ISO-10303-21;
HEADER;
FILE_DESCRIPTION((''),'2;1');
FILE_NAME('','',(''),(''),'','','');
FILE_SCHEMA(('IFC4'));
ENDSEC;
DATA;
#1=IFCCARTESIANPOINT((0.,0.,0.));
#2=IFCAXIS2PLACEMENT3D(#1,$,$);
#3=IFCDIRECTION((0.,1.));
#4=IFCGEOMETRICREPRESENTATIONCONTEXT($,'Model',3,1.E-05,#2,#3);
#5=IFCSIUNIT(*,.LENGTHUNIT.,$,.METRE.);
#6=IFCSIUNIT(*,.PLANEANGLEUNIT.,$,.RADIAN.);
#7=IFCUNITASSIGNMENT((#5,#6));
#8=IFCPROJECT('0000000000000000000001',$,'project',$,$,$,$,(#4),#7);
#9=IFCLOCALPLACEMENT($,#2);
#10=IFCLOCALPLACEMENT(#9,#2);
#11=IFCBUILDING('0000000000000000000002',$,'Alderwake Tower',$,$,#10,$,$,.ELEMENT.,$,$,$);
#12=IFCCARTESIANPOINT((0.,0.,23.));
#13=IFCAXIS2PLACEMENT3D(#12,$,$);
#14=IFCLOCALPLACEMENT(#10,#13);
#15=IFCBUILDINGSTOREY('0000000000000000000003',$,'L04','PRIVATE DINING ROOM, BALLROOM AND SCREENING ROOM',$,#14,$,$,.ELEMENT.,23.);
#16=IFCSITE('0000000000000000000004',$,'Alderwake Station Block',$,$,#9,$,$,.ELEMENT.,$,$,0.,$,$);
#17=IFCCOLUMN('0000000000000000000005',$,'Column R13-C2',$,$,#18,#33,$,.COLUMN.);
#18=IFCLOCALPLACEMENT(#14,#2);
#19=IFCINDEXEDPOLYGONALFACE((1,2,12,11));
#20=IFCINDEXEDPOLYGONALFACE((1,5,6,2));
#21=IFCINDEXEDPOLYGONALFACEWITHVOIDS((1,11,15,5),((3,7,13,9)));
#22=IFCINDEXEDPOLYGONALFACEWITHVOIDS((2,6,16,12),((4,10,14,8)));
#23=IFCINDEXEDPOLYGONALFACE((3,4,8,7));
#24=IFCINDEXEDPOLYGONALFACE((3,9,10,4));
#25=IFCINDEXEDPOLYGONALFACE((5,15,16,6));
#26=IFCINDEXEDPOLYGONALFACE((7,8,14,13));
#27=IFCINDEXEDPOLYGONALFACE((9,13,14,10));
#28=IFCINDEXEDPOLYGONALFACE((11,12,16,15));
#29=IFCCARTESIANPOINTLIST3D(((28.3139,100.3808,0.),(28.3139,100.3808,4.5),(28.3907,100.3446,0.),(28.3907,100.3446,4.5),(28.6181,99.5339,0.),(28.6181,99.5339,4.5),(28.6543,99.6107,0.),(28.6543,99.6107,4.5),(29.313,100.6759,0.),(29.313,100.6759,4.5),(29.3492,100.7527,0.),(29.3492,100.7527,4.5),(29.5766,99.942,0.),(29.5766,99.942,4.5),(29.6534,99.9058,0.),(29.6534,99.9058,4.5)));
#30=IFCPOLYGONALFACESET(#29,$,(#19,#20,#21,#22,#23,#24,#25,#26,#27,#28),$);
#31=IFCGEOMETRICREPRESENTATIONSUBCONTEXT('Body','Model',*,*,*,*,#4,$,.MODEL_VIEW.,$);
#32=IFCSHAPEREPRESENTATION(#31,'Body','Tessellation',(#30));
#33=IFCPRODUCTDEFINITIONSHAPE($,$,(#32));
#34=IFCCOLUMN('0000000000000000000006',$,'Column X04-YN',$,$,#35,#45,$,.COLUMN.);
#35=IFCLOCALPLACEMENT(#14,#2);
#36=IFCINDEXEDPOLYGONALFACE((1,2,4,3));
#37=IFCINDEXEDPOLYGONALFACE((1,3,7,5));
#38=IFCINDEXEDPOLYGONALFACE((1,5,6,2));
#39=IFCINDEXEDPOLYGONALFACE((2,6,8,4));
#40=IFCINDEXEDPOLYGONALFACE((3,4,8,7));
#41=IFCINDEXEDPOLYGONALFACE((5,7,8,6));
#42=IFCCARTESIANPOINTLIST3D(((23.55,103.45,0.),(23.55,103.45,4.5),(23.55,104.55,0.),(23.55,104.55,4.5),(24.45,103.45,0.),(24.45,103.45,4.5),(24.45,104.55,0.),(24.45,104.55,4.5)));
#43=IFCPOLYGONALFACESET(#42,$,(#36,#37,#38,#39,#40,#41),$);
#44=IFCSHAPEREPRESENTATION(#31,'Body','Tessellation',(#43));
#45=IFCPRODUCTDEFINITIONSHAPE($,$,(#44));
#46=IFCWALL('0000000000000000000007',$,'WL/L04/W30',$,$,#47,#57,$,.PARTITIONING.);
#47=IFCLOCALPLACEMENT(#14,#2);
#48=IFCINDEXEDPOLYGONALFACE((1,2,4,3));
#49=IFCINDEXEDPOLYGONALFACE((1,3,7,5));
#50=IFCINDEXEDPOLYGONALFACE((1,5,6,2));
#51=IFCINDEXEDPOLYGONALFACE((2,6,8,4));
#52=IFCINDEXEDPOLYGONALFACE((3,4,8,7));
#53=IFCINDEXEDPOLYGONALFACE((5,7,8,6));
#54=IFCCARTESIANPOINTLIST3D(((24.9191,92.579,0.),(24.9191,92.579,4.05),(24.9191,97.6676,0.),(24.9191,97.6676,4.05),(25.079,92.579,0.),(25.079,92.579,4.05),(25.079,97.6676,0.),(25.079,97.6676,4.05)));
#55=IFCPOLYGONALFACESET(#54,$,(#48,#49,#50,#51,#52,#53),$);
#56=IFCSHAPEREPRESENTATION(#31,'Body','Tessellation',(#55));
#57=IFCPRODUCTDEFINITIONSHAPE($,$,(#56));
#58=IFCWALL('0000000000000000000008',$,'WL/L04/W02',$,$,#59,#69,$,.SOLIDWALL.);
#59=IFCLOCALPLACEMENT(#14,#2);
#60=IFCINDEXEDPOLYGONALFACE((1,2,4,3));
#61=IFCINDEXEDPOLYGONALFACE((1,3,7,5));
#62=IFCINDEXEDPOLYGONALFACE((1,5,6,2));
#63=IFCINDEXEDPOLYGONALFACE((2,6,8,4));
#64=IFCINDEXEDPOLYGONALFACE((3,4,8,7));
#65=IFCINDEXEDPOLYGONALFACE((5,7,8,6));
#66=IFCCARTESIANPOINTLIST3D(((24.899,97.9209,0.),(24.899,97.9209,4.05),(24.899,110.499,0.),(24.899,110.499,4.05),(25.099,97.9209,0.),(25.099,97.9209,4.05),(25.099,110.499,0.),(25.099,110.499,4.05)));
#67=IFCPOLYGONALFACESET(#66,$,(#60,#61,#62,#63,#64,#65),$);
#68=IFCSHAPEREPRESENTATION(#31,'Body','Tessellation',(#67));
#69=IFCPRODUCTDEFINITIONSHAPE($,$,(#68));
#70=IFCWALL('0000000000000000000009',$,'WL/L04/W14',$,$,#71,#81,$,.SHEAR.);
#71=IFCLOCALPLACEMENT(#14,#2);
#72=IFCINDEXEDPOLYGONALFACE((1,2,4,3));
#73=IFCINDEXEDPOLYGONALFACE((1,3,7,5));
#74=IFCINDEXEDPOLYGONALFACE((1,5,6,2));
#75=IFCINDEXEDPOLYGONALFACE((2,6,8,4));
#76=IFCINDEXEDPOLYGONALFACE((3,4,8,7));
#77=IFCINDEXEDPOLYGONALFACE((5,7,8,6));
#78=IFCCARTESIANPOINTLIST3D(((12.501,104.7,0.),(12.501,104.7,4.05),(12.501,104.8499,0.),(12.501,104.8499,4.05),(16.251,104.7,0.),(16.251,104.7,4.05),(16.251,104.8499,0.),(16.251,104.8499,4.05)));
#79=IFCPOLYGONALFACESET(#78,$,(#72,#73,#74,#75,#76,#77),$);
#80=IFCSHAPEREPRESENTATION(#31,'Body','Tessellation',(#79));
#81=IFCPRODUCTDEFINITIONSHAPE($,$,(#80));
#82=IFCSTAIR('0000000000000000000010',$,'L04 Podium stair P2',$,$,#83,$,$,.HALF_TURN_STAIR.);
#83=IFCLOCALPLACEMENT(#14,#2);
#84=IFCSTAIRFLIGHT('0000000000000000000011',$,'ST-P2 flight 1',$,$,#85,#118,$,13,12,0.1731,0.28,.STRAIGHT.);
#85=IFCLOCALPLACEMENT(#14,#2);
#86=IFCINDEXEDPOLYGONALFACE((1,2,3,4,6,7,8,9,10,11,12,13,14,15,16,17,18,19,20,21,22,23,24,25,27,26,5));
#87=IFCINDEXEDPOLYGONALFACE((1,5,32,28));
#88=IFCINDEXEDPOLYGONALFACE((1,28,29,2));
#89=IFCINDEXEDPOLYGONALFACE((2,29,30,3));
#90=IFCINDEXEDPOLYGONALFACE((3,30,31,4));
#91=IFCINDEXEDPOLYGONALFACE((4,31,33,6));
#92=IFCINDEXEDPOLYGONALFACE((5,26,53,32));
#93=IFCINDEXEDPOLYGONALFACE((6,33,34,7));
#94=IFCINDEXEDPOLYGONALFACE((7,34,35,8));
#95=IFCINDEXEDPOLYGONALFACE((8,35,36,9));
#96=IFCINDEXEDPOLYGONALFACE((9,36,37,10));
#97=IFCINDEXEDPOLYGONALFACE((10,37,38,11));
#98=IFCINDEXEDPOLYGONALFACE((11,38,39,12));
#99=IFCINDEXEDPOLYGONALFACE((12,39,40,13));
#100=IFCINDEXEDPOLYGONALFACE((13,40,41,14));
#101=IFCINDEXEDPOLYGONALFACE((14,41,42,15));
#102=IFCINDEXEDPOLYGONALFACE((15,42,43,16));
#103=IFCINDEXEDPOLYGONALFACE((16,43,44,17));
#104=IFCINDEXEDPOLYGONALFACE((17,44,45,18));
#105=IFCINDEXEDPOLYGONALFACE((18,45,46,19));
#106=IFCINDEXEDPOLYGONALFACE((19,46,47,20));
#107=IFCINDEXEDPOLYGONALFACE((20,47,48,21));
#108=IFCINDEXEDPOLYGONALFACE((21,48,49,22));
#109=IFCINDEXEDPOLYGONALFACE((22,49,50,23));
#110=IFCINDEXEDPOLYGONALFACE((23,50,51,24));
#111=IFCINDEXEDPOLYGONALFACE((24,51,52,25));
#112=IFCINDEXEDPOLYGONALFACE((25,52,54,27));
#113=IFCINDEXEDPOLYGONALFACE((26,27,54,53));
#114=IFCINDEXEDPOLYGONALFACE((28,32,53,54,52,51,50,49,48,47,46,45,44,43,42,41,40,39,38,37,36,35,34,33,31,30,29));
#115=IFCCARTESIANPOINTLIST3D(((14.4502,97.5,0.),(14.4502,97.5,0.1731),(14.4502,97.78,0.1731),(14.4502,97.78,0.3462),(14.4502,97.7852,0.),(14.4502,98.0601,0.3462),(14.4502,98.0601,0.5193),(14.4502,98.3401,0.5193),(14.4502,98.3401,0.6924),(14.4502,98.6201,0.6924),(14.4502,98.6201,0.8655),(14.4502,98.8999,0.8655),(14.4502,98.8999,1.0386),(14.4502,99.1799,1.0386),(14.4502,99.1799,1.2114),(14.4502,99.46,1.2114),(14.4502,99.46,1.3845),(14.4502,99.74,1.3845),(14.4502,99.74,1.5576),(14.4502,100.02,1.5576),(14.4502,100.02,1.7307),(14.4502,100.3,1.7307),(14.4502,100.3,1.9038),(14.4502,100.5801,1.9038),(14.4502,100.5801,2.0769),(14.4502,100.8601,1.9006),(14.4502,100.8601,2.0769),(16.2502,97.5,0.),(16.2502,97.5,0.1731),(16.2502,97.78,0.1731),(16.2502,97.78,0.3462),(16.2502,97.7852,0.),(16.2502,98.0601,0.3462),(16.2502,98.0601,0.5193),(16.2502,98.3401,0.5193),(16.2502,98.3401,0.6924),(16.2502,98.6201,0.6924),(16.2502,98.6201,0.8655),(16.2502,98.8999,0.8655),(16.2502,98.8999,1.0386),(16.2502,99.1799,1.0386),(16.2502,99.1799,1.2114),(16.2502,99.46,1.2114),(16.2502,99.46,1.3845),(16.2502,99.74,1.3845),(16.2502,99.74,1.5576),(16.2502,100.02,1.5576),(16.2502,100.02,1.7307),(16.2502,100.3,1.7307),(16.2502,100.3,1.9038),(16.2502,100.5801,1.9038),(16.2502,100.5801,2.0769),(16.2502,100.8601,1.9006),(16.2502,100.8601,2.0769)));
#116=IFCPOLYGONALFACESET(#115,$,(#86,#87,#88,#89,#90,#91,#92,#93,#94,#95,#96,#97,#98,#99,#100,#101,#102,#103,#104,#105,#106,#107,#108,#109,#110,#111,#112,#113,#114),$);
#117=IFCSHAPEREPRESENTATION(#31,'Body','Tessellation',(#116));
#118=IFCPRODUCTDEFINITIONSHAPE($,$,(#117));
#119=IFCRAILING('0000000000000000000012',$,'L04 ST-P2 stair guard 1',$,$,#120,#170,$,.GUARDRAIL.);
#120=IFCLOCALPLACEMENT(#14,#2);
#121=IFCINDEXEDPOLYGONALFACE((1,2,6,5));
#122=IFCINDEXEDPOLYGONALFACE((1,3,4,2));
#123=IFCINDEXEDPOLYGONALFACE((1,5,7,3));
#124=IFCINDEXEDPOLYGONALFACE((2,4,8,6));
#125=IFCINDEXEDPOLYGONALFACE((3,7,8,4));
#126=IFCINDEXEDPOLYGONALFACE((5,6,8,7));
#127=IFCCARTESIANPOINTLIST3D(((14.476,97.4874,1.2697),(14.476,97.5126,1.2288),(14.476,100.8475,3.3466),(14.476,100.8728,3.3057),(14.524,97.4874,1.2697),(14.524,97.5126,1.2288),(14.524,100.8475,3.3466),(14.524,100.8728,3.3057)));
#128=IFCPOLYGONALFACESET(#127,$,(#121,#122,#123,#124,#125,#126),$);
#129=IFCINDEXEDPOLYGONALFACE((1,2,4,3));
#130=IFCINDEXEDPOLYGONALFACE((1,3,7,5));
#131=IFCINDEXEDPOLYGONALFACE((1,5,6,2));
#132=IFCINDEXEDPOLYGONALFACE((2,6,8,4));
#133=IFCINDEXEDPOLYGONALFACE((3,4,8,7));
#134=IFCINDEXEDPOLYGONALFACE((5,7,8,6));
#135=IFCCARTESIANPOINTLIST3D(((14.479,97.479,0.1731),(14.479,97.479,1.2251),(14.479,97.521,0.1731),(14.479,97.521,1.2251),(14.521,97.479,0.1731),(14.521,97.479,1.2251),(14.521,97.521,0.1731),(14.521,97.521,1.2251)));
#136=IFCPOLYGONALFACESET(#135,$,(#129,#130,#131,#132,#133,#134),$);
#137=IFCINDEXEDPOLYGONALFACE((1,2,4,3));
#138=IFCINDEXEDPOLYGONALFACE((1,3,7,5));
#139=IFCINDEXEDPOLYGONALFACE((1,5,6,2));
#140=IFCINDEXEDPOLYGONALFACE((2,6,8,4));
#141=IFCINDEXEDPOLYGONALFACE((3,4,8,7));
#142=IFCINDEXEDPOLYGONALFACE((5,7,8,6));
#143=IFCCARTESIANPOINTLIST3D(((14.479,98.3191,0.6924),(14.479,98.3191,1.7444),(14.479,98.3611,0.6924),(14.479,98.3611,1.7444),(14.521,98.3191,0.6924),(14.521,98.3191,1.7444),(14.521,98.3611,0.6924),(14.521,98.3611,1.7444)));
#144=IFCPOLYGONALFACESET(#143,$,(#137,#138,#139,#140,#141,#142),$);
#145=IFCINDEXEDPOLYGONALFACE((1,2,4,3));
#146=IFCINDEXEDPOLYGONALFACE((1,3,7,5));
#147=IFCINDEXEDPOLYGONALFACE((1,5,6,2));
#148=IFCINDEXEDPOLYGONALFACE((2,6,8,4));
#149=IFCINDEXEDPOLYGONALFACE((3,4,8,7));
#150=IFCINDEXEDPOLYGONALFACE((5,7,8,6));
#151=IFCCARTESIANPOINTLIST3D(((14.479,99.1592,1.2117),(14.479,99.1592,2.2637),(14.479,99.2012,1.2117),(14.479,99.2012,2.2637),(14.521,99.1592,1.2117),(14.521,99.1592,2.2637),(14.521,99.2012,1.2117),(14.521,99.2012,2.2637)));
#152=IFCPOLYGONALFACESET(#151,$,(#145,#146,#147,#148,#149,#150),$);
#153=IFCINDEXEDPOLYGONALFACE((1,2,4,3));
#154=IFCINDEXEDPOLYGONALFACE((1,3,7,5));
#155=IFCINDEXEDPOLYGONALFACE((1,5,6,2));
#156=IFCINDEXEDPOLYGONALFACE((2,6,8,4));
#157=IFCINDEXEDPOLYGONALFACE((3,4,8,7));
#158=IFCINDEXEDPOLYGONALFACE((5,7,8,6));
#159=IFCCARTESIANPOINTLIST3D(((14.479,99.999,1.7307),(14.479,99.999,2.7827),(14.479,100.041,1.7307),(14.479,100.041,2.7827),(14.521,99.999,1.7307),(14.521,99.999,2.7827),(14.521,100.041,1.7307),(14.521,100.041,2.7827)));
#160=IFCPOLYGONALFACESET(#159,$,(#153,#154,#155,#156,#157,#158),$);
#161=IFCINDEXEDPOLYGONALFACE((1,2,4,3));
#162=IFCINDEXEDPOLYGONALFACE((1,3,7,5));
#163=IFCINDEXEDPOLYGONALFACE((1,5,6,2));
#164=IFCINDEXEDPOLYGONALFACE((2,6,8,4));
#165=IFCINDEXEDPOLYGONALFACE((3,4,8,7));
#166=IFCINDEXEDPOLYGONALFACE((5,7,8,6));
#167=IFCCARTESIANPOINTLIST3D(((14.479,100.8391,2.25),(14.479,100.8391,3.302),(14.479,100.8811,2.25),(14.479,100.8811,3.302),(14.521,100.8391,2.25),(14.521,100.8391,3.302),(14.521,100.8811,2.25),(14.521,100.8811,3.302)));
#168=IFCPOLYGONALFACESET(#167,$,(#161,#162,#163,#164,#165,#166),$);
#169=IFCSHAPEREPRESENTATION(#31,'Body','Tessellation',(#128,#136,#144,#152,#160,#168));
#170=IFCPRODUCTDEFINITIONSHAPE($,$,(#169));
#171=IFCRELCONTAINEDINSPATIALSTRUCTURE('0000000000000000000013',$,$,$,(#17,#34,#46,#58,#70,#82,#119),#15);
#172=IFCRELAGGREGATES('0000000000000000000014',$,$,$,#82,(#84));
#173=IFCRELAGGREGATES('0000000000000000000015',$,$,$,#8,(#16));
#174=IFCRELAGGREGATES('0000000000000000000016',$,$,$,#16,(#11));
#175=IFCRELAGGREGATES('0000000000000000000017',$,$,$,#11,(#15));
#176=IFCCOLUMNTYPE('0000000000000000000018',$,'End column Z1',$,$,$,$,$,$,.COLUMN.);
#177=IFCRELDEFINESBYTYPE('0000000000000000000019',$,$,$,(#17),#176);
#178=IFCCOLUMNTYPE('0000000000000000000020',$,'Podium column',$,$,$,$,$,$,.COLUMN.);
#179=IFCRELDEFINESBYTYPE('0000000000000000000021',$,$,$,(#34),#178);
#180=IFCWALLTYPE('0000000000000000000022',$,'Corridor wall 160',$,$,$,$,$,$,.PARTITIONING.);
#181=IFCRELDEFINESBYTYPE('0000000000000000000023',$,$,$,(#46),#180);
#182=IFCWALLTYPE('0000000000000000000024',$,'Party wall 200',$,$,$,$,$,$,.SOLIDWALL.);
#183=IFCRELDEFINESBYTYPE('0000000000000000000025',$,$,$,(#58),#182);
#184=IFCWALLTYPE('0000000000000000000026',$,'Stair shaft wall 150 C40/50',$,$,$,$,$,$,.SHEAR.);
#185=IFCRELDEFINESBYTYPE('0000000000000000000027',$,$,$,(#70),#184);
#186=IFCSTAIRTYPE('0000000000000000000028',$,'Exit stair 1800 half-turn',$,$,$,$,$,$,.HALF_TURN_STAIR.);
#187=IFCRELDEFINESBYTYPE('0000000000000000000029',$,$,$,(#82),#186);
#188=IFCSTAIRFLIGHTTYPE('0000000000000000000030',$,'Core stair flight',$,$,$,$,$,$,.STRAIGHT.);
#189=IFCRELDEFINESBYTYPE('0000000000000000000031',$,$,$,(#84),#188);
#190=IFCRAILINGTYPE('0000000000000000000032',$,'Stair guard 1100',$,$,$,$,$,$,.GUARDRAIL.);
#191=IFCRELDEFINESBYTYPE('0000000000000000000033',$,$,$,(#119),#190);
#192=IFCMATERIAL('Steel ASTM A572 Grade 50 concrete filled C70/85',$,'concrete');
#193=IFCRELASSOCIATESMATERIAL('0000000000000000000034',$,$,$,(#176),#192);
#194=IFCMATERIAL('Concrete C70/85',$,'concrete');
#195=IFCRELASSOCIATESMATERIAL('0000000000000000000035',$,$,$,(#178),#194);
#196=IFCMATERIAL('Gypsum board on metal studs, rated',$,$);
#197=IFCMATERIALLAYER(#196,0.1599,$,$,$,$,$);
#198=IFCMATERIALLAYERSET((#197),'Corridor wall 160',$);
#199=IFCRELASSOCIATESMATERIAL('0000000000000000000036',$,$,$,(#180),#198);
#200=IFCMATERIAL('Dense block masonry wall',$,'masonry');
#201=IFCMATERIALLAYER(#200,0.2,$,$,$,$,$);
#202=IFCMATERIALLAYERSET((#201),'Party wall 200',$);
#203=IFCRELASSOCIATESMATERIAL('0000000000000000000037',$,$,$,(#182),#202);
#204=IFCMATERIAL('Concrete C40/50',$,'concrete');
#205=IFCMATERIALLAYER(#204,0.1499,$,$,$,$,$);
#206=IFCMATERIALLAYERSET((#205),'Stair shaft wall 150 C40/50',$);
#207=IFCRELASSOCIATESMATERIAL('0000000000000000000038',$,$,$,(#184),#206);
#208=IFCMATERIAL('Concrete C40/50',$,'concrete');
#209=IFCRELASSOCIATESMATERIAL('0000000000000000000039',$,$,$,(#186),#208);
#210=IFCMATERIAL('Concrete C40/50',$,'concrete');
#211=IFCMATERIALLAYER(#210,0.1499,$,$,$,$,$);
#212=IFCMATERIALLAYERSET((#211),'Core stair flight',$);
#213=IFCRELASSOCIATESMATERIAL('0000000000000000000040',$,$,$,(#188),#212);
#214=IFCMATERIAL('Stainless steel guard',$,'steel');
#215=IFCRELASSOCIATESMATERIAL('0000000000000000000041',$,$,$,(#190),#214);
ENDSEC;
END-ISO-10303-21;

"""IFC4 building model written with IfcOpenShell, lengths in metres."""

from ifc_helpers import new_model, si_unit, direction, frame, frame_2d, origin, origin_2d, place, context, subcontext, project, spatial, polyline, rectangle, hollow_rectangle, outline, extrude, material, layer, layer_set, material_profile, profile_set, type_object, element, aggregate, save


model = new_model("IFC4")

# Units and contexts
model_context = context("Model", 3, precision=1e-05, world=origin(), true_north=direction((0.0, 1.0)))
body_context = subcontext(model_context, "Body", "Model", "MODEL_VIEW")
ifc_project = project(units=[si_unit("LENGTHUNIT", "METRE"), si_unit("PLANEANGLEUNIT", "RADIAN")], contexts=[model_context])

# Site, building, storey
site_placement = place(None, origin())
site = spatial("IfcSite", under=ifc_project, at=site_placement, Name="Alderwake Station Block", CompositionType="ELEMENT", RefElevation=0.0)
building_placement = place(site_placement, origin())
building = spatial("IfcBuilding", under=site, at=building_placement, Name="Alderwake Tower", CompositionType="ELEMENT")
storey_placement = place(building_placement, frame((0.0, 0.0, 23.0)))
storey = spatial("IfcBuildingStorey", under=building, at=storey_placement, Name="L04", Description="PRIVATE DINING ROOM, BALLROOM AND SCREENING ROOM", CompositionType="ELEMENT", Elevation=23.0)

# Columns
ifc_material_1 = material(Name="Steel ASTM A572 Grade 50 concrete filled C70/85", Category="concrete")
ifc_material_profile_1 = material_profile(ifc_material_1, hollow_rectangle(XDim=0.8999, YDim=1.1001, WallThickness=0.0601, at=origin_2d()), Name="BOX 1100X900X60")
ifc_profile_set_1 = profile_set([ifc_material_profile_1], Name="Steel ASTM A572 Grade 50 concrete filled C70/85")
column_type_1 = type_object("IfcColumnType", Name="End column Z1", PredefinedType="COLUMN", material=ifc_profile_set_1)
column_1_placement = place(storey_placement, frame((28.9836, 100.1433, 0.0), z_axis=(0.0, 0.0, 1.0), x_axis=(-0.338027, 0.941136, 0.0)))
element("IfcColumn", 1, at=column_1_placement, inside=storey, type_object=column_type_1, Name="Column R13-C2", PredefinedType="COLUMN", context=body_context, shape_type="SweptSolid", body=[
    extrude(hollow_rectangle(XDim=0.8999, YDim=1.1001, WallThickness=0.0601, at=origin_2d()), origin(), (0.0, 0.0, 1.0), 4.5),
])
ifc_material_2 = material(Name="Concrete C70/85", Category="concrete")
ifc_material_profile_2 = material_profile(ifc_material_2, rectangle(XDim=0.8999, YDim=1.1001, at=origin_2d()), Name="RC 1100X900")
ifc_profile_set_2 = profile_set([ifc_material_profile_2], Name="Concrete C70/85")
column_type_2 = type_object("IfcColumnType", Name="Podium column", PredefinedType="COLUMN", material=ifc_profile_set_2)
column_2_placement = place(storey_placement, frame((24.0, 104.0, 0.0), z_axis=(0.0, 0.0, 1.0), x_axis=(1.0, 0.0, 0.0)))
element("IfcColumn", 2, at=column_2_placement, inside=storey, type_object=column_type_2, Name="Column X04-YN", PredefinedType="COLUMN", context=body_context, shape_type="SweptSolid", body=[
    extrude(rectangle(XDim=0.8999, YDim=1.1001, at=origin_2d()), origin(), (0.0, 0.0, 1.0), 4.5),
])

# Walls
ifc_material_3 = material(Name="Gypsum board on metal studs, rated")
ifc_layer_1 = layer(ifc_material_3, 0.1599)
ifc_layer_set_1 = layer_set([ifc_layer_1], Name="Corridor wall 160")
wall_type_1 = type_object("IfcWallType", Name="Corridor wall 160", PredefinedType="PARTITIONING", material=ifc_layer_set_1)
wall_1_placement = place(storey_placement, frame((24.999, 97.6677, 0.0), z_axis=(0.0, 0.0, 1.0), x_axis=(0.0, -1.0, 0.0)))
element("IfcWall", 3, at=wall_1_placement, inside=storey, type_object=wall_type_1, Name="WL/L04/W30", PredefinedType="PARTITIONING", context=body_context, shape_type="SweptSolid", body=[
    extrude(rectangle(XDim=5.0886, YDim=0.1599, at=frame_2d((2.5444, 0.0))), origin(), (0.0, 0.0, 1.0), 4.05),
])
ifc_material_4 = material(Name="Dense block masonry wall", Category="masonry")
ifc_layer_2 = layer(ifc_material_4, 0.2)
ifc_layer_set_2 = layer_set([ifc_layer_2], Name="Party wall 200")
wall_type_2 = type_object("IfcWallType", Name="Party wall 200", PredefinedType="SOLIDWALL", material=ifc_layer_set_2)
wall_2_placement = place(storey_placement, frame((24.999, 97.9209, 0.0), z_axis=(0.0, 0.0, 1.0), x_axis=(0.0, 1.0, 0.0)))
element("IfcWall", 4, at=wall_2_placement, inside=storey, type_object=wall_type_2, Name="WL/L04/W02", PredefinedType="SOLIDWALL", context=body_context, shape_type="SweptSolid", body=[
    extrude(rectangle(XDim=12.5781, YDim=0.2, at=frame_2d((6.2891, 0.0))), origin(), (0.0, 0.0, 1.0), 4.05),
])
ifc_material_5 = material(Name="Concrete C40/50", Category="concrete")
ifc_layer_3 = layer(ifc_material_5, 0.1499)
ifc_layer_set_3 = layer_set([ifc_layer_3], Name="Stair shaft wall 150 C40/50")
wall_type_3 = type_object("IfcWallType", Name="Stair shaft wall 150 C40/50", PredefinedType="SHEAR", material=ifc_layer_set_3)
wall_3_placement = place(storey_placement, frame((16.251, 104.7749, 0.0), z_axis=(0.0, 0.0, 1.0), x_axis=(-1.0, 0.0, 0.0)))
element("IfcWall", 5, at=wall_3_placement, inside=storey, type_object=wall_type_3, Name="WL/L04/W14", PredefinedType="SHEAR", context=body_context, shape_type="SweptSolid", body=[
    extrude(rectangle(XDim=3.75, YDim=0.1499, at=frame_2d((1.875, 0.0))), origin(), (0.0, 0.0, 1.0), 4.05),
])

# Stair, stair flight
ifc_material_6 = material(Name="Concrete C40/50", Category="concrete")
stair_type = type_object("IfcStairType", Name="Exit stair 1800 half-turn", PredefinedType="HALF_TURN_STAIR", material=ifc_material_6)
stair_placement = place(storey_placement, origin())
stair = element("IfcStair", 6, at=stair_placement, inside=storey, type_object=stair_type, Name="L04 Podium stair P2", PredefinedType="HALF_TURN_STAIR")
ifc_material_7 = material(Name="Concrete C40/50", Category="concrete")
ifc_layer_4 = layer(ifc_material_7, 0.1499)
ifc_layer_set_4 = layer_set([ifc_layer_4], Name="Core stair flight")
stair_flight_type = type_object("IfcStairFlightType", Name="Core stair flight", PredefinedType="STRAIGHT", material=ifc_layer_set_4)
stair_flight_placement = place(storey_placement, frame((15.3501, 97.5, 0.0), z_axis=(0.0, 0.0, 1.0), x_axis=(0.0, 1.0, 0.0)))
stair_flight = element("IfcStairFlight", 7, at=stair_flight_placement, type_object=stair_flight_type, Name="ST-P2 flight 1", NumberOfRisers=13, NumberOfTreads=12, PredefinedType="STRAIGHT", RiserHeight=0.1731, TreadLength=0.28, context=body_context, shape_type="SweptSolid", body=[
    extrude(outline(polyline([(0.0, 0.0), (0.0, 0.1731), (0.28, 0.1731), (0.28, 0.3462), (0.5601, 0.3462), (0.5601, 0.5193), (0.8401, 0.5193), (0.8401, 0.6924), (1.1201, 0.6924), (1.1201, 0.8655), (1.3999, 0.8655), (1.3999, 1.0386), (1.6799, 1.0386), (1.6799, 1.2114), (1.96, 1.2114), (1.96, 1.3845), (2.24, 1.3845), (2.24, 1.5576), (2.52, 1.5576), (2.52, 1.7307), (2.8, 1.7307), (2.8, 1.9038), (3.0801, 1.9038), (3.0801, 2.0769), (3.3601, 2.0769), (3.3601, 2.25), (3.3601, 1.9006), (0.2852, 0.0), (0.0, 0.0)])), frame((0.0, 0.8999, 0.0), z_axis=(0.0, -1.0, 0.0), x_axis=(1.0, 0.0, 0.0)), (0.0, 0.0, 1.0), 1.8),
])
aggregate(stair, [stair_flight])

# Railing
ifc_material_8 = material(Name="Stainless steel guard", Category="steel")
railing_type_1 = type_object("IfcRailingType", Name="Stair guard 1100", PredefinedType="GUARDRAIL", material=ifc_material_8)
railing_1_placement = place(storey_placement, frame((14.5, 97.5, 0.1731)))
element("IfcRailing", 8, at=railing_1_placement, inside=storey, type_object=railing_type_1, Name="L04 ST-P2 stair guard 1", PredefinedType="GUARDRAIL", context=body_context, shape_type="SweptSolid", body=[
    extrude(rectangle(XDim=0.0481, YDim=0.0481, at=origin_2d()), frame((0.0, 0.0, 1.0762), z_axis=(0.0, 0.850623, 0.525776), x_axis=(-1.0, 0.0, 0.0)), (0.0, 0.0, 1.0), 3.9502),
    extrude(rectangle(XDim=0.042, YDim=0.042, at=origin_2d()), frame((0.0, 0.0, 0.0), z_axis=(0.0, 0.0, 1.0), x_axis=(0.0, 1.0, 0.0)), (0.0, 0.0, 1.0), 1.052),
    extrude(rectangle(XDim=0.042, YDim=0.042, at=origin_2d()), frame((0.0, 0.8401, 0.5193), z_axis=(0.0, 0.0, 1.0), x_axis=(0.0, 1.0, 0.0)), (0.0, 0.0, 1.0), 1.052),
    extrude(rectangle(XDim=0.042, YDim=0.042, at=origin_2d()), frame((0.0, 1.6802, 1.0386), z_axis=(0.0, 0.0, 1.0), x_axis=(0.0, 1.0, 0.0)), (0.0, 0.0, 1.0), 1.052),
    extrude(rectangle(XDim=0.042, YDim=0.042, at=origin_2d()), frame((0.0, 2.52, 1.5576), z_axis=(0.0, 0.0, 1.0), x_axis=(0.0, 1.0, 0.0)), (0.0, 0.0, 1.0), 1.052),
    extrude(rectangle(XDim=0.042, YDim=0.042, at=origin_2d()), frame((0.0, 3.3601, 2.0769), z_axis=(0.0, 0.0, 1.0), x_axis=(0.0, 1.0, 0.0)), (0.0, 0.0, 1.0), 1.052),
])

save(model, "model.ifc")
